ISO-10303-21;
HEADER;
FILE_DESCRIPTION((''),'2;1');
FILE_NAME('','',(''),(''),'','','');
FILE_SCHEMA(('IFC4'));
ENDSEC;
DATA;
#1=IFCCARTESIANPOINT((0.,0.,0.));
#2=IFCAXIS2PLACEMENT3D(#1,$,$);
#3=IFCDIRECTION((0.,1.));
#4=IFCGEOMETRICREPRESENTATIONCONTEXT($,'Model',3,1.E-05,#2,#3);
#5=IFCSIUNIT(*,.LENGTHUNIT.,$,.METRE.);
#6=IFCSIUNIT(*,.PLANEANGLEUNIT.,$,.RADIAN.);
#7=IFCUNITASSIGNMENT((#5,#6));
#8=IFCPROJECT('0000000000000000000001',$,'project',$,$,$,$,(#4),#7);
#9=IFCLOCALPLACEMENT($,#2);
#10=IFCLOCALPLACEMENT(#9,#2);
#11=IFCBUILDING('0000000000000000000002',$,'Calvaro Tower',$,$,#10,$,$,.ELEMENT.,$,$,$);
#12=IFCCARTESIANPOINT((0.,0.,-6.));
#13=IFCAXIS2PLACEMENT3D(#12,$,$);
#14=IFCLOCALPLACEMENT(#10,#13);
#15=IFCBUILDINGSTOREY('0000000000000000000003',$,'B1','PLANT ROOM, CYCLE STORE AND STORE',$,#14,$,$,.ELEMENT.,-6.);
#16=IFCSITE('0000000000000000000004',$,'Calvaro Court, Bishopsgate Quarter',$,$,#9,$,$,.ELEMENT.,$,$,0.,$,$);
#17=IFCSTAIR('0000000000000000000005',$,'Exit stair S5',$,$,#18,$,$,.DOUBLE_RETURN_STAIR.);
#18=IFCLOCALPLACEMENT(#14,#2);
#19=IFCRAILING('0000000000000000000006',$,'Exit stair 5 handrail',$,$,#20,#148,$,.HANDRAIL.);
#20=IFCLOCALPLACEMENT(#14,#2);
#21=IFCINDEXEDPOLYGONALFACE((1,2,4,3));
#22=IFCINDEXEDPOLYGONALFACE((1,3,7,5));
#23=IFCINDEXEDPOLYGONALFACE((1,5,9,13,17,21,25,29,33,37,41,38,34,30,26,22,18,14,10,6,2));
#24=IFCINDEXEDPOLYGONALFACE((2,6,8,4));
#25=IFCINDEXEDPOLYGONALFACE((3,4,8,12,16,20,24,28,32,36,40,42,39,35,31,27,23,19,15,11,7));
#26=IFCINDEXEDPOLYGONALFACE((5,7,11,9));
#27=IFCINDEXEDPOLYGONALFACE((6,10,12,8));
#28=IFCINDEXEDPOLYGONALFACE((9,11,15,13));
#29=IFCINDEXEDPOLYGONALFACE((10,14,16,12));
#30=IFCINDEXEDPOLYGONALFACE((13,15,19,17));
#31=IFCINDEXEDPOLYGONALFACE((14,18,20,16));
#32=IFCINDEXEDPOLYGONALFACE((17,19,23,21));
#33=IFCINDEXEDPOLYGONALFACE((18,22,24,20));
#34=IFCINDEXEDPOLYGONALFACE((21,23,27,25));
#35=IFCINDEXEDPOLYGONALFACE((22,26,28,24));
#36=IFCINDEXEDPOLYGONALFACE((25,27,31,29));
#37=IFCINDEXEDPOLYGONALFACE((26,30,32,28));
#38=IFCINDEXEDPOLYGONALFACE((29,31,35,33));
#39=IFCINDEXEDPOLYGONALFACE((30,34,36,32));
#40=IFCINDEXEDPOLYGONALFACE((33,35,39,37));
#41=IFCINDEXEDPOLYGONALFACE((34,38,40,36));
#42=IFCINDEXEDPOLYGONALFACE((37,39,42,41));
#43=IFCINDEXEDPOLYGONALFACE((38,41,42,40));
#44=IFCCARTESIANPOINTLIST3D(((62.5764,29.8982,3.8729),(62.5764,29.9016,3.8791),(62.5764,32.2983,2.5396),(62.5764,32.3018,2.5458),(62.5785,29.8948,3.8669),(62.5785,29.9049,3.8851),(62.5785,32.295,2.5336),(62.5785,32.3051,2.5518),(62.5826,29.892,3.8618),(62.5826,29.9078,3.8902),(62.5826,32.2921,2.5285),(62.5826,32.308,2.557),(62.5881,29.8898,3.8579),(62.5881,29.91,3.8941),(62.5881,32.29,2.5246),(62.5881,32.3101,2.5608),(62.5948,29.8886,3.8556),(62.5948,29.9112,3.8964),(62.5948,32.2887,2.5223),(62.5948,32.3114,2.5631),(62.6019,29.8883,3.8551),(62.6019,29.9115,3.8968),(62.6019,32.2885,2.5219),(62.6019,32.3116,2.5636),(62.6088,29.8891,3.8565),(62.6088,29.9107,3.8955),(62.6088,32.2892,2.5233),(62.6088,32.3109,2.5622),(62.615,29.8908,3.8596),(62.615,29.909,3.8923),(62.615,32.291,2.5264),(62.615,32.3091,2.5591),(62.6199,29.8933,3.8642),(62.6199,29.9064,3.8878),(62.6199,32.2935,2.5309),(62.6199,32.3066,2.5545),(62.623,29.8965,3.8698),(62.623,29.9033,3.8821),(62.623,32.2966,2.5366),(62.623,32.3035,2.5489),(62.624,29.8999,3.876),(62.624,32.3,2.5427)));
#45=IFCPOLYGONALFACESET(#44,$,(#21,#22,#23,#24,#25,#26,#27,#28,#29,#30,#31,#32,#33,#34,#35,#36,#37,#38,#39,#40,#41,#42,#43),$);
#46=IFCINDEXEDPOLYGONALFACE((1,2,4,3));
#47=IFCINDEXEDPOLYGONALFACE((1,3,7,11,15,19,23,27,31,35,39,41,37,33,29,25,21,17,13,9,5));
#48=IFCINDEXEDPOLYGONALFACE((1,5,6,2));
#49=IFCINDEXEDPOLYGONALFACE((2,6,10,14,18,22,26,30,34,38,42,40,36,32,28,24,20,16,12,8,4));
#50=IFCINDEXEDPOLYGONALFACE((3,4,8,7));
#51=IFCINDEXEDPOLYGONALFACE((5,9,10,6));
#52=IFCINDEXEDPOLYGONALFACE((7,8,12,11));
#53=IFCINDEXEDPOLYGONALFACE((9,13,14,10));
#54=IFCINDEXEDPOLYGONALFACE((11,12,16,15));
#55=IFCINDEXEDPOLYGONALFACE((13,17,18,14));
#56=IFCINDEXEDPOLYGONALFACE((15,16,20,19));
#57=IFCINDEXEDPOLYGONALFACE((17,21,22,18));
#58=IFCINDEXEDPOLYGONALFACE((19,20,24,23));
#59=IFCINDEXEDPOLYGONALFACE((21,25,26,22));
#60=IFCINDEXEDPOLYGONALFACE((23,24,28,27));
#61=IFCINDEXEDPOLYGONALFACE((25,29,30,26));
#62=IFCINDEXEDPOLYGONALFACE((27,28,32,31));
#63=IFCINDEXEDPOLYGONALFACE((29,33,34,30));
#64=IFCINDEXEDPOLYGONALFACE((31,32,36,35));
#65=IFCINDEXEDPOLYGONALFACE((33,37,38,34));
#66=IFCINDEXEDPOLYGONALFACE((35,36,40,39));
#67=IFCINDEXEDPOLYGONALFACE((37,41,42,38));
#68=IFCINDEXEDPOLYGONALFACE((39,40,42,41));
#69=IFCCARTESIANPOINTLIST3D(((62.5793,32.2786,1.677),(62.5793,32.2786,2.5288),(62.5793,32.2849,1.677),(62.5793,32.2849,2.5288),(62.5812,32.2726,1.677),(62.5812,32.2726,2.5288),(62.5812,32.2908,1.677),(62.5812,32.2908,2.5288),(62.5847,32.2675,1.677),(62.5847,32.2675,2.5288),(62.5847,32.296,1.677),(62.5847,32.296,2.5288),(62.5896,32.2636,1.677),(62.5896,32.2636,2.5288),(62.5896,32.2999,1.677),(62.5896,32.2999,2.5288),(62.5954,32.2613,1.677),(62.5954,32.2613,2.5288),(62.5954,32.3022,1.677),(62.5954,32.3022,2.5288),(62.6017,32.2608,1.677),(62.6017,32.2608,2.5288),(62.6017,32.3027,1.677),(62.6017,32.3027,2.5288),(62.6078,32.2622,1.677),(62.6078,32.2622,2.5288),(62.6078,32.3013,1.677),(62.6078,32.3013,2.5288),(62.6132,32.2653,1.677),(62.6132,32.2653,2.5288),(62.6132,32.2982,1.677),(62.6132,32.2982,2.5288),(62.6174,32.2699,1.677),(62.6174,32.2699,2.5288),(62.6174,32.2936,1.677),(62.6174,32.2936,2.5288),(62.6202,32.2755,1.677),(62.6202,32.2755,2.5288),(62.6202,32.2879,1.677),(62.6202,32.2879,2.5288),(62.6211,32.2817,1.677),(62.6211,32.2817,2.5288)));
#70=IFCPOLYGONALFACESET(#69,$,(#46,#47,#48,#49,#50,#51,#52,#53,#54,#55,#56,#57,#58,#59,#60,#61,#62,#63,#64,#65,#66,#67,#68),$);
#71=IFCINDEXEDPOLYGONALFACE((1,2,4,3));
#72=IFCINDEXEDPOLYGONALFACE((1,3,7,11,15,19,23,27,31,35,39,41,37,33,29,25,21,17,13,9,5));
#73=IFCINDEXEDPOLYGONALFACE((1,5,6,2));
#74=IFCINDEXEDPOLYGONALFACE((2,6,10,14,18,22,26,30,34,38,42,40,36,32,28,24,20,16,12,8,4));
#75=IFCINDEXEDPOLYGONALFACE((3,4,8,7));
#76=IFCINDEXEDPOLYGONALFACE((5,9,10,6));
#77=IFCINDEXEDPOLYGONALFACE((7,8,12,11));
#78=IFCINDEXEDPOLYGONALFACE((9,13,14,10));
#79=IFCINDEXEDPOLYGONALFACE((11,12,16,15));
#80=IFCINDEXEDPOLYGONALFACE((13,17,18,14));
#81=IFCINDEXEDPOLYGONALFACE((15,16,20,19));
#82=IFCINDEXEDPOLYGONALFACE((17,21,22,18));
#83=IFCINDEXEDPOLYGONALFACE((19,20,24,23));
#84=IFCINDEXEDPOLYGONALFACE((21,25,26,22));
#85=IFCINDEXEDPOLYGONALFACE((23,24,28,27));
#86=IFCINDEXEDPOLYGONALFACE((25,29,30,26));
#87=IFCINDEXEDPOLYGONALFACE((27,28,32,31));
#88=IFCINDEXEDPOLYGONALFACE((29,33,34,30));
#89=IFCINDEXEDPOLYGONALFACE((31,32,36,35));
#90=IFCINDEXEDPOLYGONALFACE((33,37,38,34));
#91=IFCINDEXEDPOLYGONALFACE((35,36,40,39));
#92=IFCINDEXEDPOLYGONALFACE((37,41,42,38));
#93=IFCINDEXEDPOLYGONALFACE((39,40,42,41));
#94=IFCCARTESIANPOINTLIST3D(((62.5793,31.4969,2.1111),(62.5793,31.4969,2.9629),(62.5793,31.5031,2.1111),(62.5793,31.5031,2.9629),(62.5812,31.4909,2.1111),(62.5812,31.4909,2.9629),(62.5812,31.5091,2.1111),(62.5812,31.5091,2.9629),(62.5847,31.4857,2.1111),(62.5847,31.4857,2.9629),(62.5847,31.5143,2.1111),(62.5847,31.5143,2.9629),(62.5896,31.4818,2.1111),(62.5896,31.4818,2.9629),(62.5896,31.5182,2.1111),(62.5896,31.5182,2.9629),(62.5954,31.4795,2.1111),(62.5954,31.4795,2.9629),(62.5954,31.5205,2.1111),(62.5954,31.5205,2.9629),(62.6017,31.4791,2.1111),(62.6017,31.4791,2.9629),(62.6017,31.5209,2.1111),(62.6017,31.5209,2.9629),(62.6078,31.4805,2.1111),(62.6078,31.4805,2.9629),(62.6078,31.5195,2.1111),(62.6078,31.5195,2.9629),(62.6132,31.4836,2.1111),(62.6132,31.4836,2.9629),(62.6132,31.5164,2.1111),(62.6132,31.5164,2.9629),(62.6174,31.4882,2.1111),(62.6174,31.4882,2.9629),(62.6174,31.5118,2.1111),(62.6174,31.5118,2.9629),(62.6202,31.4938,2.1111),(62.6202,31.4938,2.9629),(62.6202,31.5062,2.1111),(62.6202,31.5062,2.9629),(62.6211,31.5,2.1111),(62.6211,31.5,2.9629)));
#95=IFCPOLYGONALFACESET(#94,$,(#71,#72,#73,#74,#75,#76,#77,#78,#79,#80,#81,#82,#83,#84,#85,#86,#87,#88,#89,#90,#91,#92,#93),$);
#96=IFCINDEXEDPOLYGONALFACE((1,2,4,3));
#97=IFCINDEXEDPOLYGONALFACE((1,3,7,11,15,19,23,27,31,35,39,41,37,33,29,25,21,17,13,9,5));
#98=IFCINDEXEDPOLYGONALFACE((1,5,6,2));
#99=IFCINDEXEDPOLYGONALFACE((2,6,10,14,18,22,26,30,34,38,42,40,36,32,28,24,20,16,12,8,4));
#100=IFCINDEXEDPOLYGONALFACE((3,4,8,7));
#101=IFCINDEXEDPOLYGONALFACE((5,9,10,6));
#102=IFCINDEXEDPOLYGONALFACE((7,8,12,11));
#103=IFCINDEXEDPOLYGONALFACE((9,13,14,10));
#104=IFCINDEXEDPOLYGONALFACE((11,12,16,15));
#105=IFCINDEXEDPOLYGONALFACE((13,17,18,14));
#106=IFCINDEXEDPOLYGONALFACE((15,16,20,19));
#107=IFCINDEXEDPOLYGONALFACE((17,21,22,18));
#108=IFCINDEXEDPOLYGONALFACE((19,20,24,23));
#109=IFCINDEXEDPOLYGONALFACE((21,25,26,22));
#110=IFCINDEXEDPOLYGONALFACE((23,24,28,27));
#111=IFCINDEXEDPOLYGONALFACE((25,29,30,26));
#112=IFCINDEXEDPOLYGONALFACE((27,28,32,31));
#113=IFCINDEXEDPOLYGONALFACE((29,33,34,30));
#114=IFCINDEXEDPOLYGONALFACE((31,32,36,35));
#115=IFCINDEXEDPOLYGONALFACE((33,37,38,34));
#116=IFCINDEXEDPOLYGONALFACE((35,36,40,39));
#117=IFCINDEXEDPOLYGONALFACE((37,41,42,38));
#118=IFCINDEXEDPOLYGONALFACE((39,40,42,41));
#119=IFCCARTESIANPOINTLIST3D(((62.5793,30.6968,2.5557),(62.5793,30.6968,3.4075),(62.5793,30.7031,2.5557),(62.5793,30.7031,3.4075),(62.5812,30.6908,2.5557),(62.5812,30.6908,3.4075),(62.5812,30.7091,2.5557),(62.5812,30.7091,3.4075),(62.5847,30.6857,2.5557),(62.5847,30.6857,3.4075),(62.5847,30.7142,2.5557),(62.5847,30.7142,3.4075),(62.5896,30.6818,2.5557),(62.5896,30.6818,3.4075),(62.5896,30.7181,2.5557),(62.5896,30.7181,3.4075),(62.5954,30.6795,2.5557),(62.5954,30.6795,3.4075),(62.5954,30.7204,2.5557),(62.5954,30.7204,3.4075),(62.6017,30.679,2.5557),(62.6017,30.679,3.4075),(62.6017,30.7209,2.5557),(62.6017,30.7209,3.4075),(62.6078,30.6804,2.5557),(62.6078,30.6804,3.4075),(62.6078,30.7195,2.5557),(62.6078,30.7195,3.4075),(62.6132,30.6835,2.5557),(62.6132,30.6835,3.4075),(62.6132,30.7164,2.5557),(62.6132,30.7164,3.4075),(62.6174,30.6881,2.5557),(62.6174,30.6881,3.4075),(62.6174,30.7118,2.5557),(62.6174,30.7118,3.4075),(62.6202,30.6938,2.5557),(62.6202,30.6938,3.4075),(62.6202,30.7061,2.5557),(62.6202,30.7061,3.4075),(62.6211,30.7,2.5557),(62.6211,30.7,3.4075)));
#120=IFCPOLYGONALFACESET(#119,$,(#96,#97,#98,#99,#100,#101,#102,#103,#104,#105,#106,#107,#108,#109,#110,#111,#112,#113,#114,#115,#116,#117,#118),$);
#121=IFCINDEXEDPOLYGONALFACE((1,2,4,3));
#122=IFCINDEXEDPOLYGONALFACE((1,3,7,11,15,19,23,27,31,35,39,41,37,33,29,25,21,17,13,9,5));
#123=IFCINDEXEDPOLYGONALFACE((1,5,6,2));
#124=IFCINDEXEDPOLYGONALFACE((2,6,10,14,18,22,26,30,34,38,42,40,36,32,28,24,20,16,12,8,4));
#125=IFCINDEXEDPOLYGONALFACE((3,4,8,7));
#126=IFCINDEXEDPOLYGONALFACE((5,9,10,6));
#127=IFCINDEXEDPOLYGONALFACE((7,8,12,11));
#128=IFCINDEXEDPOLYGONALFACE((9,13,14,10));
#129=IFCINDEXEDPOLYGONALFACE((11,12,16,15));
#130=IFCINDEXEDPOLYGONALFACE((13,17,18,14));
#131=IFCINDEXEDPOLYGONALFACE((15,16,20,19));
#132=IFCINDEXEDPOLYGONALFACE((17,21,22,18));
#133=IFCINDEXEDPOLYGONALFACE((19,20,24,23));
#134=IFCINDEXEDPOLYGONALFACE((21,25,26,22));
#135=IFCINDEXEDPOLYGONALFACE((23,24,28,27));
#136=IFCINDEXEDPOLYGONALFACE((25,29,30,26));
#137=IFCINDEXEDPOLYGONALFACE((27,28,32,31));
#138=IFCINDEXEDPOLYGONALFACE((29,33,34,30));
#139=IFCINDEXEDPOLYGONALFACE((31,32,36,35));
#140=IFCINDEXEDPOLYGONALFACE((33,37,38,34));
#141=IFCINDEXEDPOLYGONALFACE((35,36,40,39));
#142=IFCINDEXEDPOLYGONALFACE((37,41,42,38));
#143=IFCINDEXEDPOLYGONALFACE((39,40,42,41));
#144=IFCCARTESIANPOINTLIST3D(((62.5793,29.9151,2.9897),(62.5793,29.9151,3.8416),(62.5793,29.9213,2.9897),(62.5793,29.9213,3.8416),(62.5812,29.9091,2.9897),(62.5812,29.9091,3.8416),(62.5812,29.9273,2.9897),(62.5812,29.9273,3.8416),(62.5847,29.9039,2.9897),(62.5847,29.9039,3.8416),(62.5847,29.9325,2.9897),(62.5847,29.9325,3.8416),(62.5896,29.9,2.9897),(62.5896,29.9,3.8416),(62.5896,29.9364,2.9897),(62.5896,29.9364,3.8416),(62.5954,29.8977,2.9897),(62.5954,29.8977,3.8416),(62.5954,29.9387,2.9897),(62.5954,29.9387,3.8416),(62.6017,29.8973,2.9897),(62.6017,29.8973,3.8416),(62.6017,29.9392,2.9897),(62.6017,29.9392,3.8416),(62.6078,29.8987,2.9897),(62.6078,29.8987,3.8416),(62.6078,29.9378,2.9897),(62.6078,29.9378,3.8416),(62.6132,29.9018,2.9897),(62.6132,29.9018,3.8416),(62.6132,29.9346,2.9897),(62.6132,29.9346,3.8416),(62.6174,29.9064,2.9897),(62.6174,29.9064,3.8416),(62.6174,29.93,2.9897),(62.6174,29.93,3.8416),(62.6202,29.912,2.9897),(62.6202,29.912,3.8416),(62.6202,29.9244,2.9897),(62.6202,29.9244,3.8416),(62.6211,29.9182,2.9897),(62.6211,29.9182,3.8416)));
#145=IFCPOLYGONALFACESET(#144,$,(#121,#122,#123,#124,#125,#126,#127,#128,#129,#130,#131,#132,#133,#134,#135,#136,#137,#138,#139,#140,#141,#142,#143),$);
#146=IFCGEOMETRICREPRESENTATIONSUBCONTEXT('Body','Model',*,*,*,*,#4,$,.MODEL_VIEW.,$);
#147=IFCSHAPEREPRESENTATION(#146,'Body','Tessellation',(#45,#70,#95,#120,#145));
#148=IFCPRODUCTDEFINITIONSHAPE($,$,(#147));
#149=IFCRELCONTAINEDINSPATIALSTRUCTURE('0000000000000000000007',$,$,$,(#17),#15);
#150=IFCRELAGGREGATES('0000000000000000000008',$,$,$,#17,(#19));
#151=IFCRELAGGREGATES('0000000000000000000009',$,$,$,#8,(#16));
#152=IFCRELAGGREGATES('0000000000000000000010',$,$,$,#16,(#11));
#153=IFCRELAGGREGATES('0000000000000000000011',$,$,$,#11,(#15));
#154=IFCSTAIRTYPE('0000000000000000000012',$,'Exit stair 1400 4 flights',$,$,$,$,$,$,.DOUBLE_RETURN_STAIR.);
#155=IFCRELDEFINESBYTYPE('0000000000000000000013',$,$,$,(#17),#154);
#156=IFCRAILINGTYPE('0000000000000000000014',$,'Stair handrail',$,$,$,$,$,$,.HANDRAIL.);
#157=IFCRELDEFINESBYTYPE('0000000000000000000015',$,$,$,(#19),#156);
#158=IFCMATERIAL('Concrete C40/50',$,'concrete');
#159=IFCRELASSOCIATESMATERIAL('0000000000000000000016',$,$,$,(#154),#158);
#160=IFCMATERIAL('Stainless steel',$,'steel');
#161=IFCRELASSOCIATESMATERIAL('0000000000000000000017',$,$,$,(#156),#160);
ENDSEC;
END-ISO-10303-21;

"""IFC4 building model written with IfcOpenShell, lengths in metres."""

from ifc_helpers import new_model, si_unit, direction, frame, origin, origin_2d, place, context, subcontext, project, spatial, circle, extrude, material, type_object, element, aggregate, save


model = new_model("IFC4")

# Units and contexts
model_context = context("Model", 3, precision=1e-05, world=origin(), true_north=direction((0.0, 1.0)))
body_context = subcontext(model_context, "Body", "Model", "MODEL_VIEW")
ifc_project = project(units=[si_unit("LENGTHUNIT", "METRE"), si_unit("PLANEANGLEUNIT", "RADIAN")], contexts=[model_context])

# Site, building, storey
site_placement = place(None, origin())
site = spatial("IfcSite", under=ifc_project, at=site_placement, Name="Calvaro Court, Bishopsgate Quarter", CompositionType="ELEMENT", RefElevation=0.0)
building_placement = place(site_placement, origin())
building = spatial("IfcBuilding", under=site, at=building_placement, Name="Calvaro Tower", CompositionType="ELEMENT")
storey_placement = place(building_placement, frame((0.0, 0.0, -6.0)))
storey = spatial("IfcBuildingStorey", under=building, at=storey_placement, Name="B1", Description="PLANT ROOM, CYCLE STORE AND STORE", CompositionType="ELEMENT", Elevation=-6.0)

# Stair
ifc_material_1 = material(Name="Concrete C40/50", Category="concrete")
stair_type = type_object("IfcStairType", Name="Exit stair 1400 4 flights", PredefinedType="DOUBLE_RETURN_STAIR", material=ifc_material_1)
stair_1_placement = place(storey_placement, origin())
stair_1 = element("IfcStair", 1, at=stair_1_placement, inside=storey, type_object=stair_type, Name="Exit stair S5", PredefinedType="DOUBLE_RETURN_STAIR")

# Shared definitions
ifc_material_2 = material(Name="Stainless steel", Category="steel")
railing_type = type_object("IfcRailingType", Name="Stair handrail", PredefinedType="HANDRAIL", material=ifc_material_2)

# Railing
railing_1_placement = place(storey_placement, frame((62.6001, 32.3, 1.6667)))
railing_1 = element("IfcRailing", 2, at=railing_1_placement, type_object=railing_type, Name="Exit stair 5 handrail", PredefinedType="HANDRAIL", context=body_context, shape_type="SweptSolid", body=[
    extrude(circle(Radius=0.0239, at=origin_2d()), frame((0.0, 0.0, 0.876), z_axis=(0.0, -0.874182, 0.485598), x_axis=(1.0, 0.0, 0.0)), (0.0, 0.0, 1.0), 2.7456),
    extrude(circle(Radius=0.021, at=origin_2d()), frame((0.0, -0.0183, 0.0103)), (0.0, 0.0, 1.0), 0.8518),
    extrude(circle(Radius=0.021, at=origin_2d()), frame((0.0, -0.8, 0.4443)), (0.0, 0.0, 1.0), 0.8518),
    extrude(circle(Radius=0.021, at=origin_2d()), frame((0.0, -1.6001, 0.8889)), (0.0, 0.0, 1.0), 0.8518),
    extrude(circle(Radius=0.021, at=origin_2d()), frame((0.0, -2.3818, 1.323)), (0.0, 0.0, 1.0), 0.8518),
])
aggregate(stair_1, [railing_1])

save(model, "model.ifc")
